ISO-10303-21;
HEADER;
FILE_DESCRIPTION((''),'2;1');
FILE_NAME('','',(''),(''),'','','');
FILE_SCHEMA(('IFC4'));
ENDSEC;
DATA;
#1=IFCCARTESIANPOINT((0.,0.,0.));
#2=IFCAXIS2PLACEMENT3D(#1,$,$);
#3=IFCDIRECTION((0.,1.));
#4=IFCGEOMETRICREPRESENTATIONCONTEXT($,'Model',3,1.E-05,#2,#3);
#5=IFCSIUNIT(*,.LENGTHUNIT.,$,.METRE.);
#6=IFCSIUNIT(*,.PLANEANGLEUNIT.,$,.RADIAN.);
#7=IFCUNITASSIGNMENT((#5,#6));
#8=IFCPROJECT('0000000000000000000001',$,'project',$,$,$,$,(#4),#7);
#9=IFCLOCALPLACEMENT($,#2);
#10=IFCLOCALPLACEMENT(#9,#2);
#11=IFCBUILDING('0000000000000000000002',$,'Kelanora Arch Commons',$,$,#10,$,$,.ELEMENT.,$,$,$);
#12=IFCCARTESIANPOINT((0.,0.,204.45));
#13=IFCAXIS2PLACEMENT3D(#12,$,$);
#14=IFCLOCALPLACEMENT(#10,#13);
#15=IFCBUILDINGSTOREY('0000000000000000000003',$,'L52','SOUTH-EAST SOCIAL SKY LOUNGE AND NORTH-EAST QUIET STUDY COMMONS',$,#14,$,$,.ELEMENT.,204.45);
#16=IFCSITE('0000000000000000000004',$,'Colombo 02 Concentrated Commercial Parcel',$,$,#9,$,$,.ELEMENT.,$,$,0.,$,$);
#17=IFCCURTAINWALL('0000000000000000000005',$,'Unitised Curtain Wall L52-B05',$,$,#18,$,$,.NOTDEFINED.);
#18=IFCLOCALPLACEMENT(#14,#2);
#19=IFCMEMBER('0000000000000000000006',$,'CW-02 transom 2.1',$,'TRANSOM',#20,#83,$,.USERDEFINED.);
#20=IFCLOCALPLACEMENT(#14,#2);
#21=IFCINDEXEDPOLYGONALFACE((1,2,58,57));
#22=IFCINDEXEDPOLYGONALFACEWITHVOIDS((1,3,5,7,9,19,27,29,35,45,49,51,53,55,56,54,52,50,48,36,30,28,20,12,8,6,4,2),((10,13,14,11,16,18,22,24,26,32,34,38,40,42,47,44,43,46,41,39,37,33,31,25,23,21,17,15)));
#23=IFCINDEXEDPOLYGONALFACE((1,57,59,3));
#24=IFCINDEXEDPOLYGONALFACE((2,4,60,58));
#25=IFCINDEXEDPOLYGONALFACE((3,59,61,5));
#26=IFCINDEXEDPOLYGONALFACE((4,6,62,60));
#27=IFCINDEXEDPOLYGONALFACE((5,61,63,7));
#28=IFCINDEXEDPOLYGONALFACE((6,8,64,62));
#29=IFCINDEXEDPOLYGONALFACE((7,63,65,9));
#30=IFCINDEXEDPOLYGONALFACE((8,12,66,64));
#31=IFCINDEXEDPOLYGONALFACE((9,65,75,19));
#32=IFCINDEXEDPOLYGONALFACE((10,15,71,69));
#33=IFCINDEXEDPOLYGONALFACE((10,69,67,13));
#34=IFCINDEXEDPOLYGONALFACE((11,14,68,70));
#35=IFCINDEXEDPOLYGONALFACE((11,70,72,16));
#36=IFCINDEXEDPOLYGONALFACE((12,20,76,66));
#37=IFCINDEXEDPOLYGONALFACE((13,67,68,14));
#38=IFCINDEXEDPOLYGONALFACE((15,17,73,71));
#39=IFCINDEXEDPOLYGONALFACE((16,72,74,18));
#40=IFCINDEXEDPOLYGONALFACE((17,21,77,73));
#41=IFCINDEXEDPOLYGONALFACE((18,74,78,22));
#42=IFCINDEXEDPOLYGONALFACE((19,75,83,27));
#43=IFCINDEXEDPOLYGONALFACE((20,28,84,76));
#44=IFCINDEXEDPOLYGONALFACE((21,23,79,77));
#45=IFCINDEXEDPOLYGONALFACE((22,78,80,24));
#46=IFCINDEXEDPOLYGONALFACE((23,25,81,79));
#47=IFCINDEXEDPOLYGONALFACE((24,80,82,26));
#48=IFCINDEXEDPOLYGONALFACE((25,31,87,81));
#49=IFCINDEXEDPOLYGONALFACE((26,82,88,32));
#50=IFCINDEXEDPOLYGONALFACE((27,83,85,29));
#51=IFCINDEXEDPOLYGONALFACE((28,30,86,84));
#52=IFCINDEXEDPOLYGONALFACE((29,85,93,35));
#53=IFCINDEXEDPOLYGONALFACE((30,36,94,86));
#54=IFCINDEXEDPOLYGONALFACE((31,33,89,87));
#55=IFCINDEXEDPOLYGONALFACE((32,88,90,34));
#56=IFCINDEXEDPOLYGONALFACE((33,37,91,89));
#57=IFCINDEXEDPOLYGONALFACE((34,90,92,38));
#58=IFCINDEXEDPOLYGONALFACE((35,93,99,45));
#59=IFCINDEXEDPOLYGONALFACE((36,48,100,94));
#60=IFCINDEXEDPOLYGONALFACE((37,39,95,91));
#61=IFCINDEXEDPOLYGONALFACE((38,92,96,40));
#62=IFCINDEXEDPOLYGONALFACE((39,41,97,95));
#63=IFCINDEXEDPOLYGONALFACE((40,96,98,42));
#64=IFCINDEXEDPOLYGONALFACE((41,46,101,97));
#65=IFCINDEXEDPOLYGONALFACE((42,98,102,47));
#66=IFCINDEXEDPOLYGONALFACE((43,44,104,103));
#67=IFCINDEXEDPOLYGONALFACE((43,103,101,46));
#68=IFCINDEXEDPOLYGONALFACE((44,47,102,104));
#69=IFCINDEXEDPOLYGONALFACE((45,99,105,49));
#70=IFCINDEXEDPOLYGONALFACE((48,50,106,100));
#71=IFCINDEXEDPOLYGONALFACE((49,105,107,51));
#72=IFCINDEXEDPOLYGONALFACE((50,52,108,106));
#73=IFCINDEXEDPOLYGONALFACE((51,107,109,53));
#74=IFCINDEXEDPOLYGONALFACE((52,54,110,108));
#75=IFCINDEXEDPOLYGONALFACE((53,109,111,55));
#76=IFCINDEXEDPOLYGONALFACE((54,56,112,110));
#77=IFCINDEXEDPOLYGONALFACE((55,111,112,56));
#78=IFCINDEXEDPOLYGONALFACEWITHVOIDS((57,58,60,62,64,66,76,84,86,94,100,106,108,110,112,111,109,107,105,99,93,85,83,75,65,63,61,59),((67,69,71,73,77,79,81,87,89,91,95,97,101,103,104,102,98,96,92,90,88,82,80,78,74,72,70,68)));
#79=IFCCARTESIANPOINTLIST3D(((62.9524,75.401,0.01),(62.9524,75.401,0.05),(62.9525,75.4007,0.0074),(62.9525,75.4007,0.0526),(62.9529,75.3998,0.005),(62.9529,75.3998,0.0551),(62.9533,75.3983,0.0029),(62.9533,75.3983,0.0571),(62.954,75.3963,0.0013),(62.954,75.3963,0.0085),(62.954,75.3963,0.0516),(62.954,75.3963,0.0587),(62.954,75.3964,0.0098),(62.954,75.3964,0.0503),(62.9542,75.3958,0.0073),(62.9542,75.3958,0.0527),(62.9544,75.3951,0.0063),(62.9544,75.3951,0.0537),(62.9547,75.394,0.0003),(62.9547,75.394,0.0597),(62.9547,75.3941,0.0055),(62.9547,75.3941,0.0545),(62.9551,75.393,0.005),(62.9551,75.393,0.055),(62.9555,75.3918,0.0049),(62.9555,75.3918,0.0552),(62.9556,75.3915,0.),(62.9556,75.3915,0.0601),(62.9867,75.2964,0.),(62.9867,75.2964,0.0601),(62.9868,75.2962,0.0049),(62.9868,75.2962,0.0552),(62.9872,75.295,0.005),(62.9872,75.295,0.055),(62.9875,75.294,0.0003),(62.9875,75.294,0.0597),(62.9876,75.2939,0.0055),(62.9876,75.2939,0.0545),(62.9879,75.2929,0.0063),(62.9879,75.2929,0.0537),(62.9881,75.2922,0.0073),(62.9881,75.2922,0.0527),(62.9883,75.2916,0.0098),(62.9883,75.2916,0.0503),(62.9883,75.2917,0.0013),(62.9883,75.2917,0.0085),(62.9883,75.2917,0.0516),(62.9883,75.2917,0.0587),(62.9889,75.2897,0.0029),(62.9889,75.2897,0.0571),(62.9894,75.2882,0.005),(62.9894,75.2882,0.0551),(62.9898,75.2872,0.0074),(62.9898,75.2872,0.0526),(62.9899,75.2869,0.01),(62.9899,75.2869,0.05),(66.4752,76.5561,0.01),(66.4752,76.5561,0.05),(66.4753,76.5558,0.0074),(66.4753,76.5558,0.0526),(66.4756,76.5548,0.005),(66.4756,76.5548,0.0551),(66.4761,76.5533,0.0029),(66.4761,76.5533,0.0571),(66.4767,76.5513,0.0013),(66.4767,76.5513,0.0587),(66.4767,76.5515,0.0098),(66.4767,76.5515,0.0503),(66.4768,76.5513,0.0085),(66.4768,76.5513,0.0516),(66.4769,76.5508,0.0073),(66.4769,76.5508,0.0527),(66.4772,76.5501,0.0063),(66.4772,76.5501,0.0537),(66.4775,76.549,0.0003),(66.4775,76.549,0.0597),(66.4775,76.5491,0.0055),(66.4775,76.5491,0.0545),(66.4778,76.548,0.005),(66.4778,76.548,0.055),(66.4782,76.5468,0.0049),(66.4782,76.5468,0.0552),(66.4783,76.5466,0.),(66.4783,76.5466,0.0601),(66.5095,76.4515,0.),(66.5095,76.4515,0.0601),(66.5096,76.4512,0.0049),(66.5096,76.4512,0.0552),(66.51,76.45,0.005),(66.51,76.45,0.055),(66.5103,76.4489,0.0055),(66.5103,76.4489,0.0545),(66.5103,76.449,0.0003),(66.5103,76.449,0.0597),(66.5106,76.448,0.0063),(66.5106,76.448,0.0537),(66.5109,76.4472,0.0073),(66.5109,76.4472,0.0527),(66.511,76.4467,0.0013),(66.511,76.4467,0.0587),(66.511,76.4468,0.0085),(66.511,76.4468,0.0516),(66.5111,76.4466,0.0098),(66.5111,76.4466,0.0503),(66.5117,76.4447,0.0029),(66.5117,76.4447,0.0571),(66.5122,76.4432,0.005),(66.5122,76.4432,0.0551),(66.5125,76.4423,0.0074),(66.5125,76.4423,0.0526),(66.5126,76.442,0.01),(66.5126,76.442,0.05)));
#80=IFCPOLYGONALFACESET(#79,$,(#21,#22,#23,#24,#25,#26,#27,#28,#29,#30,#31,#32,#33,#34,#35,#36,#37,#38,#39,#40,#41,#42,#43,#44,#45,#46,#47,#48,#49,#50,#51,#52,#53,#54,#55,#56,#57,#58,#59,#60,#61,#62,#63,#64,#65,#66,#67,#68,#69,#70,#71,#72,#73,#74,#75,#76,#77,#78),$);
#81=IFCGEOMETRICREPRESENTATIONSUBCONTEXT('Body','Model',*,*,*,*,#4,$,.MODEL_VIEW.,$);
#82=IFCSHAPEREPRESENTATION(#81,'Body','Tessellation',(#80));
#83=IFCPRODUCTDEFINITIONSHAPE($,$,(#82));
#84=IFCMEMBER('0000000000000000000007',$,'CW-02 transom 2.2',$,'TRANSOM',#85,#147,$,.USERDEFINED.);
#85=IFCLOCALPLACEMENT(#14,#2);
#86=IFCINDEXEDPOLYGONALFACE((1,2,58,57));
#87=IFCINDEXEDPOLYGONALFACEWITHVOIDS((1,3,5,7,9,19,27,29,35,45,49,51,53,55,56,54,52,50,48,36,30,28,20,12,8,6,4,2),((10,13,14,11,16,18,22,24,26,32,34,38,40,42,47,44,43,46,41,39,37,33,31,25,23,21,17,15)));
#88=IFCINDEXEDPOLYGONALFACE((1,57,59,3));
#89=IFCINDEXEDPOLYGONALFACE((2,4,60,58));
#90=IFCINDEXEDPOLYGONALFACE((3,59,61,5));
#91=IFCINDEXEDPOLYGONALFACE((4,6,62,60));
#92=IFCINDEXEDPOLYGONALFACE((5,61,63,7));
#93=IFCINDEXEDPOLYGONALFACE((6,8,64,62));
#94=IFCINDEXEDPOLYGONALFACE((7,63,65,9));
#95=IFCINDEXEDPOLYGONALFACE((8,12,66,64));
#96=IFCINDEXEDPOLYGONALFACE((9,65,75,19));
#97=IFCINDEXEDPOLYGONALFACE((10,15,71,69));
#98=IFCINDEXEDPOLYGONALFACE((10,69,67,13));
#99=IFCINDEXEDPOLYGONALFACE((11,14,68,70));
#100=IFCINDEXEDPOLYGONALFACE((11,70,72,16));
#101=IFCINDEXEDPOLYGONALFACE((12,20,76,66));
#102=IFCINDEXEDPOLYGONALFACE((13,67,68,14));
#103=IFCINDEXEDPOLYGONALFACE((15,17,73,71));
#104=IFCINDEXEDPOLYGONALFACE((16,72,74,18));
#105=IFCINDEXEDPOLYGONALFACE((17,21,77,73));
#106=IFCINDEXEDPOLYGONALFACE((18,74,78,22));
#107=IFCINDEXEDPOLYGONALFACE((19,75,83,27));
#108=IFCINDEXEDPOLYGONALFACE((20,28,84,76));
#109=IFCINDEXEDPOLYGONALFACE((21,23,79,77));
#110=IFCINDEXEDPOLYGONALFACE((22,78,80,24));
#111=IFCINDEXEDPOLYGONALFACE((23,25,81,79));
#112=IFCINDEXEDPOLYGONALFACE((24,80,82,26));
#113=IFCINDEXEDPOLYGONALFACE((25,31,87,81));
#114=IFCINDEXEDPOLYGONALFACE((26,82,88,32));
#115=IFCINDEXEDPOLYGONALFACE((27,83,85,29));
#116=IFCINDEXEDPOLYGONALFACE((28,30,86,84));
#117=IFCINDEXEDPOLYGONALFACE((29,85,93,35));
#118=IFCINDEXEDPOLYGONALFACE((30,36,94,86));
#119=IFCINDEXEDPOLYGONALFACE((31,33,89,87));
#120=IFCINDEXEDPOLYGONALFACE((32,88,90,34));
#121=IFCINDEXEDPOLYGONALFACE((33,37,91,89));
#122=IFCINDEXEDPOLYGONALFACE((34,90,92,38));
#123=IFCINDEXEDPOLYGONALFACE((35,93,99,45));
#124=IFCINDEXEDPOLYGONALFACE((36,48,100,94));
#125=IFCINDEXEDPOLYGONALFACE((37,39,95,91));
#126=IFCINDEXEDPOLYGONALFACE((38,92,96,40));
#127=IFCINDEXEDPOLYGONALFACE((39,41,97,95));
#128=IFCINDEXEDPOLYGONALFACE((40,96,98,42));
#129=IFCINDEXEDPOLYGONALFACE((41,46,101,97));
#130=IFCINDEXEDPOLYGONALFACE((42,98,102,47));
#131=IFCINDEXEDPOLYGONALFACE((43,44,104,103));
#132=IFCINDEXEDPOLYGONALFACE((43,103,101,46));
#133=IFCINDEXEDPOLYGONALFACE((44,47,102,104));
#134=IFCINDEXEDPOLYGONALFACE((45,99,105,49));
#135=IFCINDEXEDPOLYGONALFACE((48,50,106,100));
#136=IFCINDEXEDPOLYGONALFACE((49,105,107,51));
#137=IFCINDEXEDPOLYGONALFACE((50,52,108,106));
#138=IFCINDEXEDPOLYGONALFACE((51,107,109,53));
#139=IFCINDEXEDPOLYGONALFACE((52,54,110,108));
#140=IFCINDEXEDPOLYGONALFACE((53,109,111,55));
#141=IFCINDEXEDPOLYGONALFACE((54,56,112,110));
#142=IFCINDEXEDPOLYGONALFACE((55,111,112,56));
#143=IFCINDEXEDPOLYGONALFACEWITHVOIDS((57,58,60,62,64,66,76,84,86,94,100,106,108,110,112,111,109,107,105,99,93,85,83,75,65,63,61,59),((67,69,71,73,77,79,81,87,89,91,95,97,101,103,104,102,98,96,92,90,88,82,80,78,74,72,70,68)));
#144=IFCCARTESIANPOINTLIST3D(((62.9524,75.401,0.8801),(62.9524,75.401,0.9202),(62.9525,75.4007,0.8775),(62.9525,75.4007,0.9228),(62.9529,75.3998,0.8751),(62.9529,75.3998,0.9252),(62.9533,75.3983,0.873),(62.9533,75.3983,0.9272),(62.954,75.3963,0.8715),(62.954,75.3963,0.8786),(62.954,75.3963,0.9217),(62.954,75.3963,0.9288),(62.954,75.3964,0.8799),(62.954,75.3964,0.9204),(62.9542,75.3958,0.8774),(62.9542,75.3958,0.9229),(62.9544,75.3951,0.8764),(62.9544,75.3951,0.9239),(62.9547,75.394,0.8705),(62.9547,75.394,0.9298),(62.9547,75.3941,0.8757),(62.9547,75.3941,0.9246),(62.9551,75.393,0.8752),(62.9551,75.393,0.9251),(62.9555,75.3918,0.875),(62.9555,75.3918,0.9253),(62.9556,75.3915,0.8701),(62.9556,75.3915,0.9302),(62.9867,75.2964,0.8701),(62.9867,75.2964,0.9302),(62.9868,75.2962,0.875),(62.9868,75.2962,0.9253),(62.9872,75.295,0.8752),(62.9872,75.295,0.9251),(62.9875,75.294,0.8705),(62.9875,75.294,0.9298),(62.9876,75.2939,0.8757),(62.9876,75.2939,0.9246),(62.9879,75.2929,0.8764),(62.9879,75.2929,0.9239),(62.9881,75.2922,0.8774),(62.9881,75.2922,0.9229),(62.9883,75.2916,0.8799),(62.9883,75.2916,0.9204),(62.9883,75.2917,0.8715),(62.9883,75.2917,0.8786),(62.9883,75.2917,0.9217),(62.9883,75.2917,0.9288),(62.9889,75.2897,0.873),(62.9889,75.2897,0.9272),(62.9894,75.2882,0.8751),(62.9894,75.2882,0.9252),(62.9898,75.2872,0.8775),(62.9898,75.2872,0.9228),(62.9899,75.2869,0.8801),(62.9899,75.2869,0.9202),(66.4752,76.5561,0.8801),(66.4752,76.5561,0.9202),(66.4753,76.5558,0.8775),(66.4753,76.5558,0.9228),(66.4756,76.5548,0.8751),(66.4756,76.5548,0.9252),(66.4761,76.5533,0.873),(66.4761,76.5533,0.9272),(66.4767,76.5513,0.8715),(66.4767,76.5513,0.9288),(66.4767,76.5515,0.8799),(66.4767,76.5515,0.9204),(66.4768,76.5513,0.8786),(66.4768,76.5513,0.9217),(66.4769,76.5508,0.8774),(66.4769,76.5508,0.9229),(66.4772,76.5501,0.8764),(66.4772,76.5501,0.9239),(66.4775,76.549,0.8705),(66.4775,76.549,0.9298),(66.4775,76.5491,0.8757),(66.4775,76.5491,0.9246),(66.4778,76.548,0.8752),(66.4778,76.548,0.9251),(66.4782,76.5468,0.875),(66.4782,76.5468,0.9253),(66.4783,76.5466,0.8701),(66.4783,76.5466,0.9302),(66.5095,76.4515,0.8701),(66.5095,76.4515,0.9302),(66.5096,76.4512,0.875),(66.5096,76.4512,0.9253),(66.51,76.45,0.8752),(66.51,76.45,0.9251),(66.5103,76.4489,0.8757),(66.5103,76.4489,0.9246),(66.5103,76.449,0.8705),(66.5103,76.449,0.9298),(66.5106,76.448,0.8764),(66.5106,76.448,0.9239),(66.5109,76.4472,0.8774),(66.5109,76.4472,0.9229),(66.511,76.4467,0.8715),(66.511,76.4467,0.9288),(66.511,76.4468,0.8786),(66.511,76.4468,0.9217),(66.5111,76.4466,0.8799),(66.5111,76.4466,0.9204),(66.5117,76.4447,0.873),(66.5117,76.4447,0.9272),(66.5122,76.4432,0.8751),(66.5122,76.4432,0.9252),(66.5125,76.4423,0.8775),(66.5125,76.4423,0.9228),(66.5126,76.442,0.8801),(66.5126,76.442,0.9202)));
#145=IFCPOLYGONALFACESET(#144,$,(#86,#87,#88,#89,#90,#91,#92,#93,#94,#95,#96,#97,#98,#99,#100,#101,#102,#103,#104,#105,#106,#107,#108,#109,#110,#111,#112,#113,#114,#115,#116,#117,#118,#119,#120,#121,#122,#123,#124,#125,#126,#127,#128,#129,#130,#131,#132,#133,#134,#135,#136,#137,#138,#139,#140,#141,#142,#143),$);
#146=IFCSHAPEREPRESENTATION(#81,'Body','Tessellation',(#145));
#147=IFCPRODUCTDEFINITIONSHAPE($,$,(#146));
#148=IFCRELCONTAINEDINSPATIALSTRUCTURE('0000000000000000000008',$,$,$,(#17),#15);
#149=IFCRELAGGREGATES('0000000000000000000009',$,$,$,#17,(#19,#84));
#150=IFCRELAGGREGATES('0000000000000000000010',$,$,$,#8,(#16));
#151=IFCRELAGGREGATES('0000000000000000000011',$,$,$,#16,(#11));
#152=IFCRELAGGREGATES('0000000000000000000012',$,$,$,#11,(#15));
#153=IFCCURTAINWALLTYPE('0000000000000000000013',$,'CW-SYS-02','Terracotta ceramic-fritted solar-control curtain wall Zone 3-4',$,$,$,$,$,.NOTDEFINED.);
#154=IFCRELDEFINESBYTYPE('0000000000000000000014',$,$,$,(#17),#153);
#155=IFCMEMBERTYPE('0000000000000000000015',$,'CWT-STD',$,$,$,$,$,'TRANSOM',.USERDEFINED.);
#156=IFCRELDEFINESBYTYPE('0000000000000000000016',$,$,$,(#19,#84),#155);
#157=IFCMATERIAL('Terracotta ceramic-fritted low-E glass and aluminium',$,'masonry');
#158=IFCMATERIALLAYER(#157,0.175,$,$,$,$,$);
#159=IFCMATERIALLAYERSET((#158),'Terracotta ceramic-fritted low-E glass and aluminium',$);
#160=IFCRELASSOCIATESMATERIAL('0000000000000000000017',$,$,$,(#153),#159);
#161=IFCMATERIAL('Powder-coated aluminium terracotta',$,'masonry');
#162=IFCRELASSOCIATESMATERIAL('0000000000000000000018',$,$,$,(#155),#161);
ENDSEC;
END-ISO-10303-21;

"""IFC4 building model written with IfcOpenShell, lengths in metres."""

from ifc_helpers import new_model, si_unit, direction, frame, origin, origin_2d, place, context, subcontext, project, spatial, hollow_rectangle, extrude, material, layer, layer_set, material_profile, profile_set, type_object, element, aggregate, save


model = new_model("IFC4")

# Units and contexts
model_context = context("Model", 3, precision=1e-05, world=origin(), true_north=direction((0.0, 1.0)))
body_context = subcontext(model_context, "Body", "Model", "MODEL_VIEW")
ifc_project = project(units=[si_unit("LENGTHUNIT", "METRE"), si_unit("PLANEANGLEUNIT", "RADIAN")], contexts=[model_context])

# Site, building, storey
site_placement = place(None, origin())
site = spatial("IfcSite", under=ifc_project, at=site_placement, Name="Colombo 02 Concentrated Commercial Parcel", CompositionType="ELEMENT", RefElevation=0.0)
building_placement = place(site_placement, origin())
building = spatial("IfcBuilding", under=site, at=building_placement, Name="Kelanora Arch Commons", CompositionType="ELEMENT")
storey_placement = place(building_placement, frame((0.0, 0.0, 204.45)))
storey = spatial("IfcBuildingStorey", under=building, at=storey_placement, Name="L52", Description="SOUTH-EAST SOCIAL SKY LOUNGE AND NORTH-EAST QUIET STUDY COMMONS", CompositionType="ELEMENT", Elevation=204.45)

# Curtain wall, members
ifc_material_1 = material(Name="Terracotta ceramic-fritted low-E glass and aluminium", Category="masonry")
ifc_layer_1 = layer(ifc_material_1, 0.175)
ifc_layer_set_1 = layer_set([ifc_layer_1], Name="Terracotta ceramic-fritted low-E glass and aluminium")
curtain_wall_type = type_object("IfcCurtainWallType", Name="CW-SYS-02", Description="Terracotta ceramic-fritted solar-control curtain wall Zone 3-4", PredefinedType="NOTDEFINED", material=ifc_layer_set_1)
curtain_wall_placement = place(storey_placement, origin())
curtain_wall = element("IfcCurtainWall", 1, at=curtain_wall_placement, inside=storey, type_object=curtain_wall_type, Name="Unitised Curtain Wall L52-B05", PredefinedType="NOTDEFINED")
ifc_material_2 = material(Name="Powder-coated aluminium terracotta", Category="masonry")
ifc_material_profile_1 = material_profile(ifc_material_2, hollow_rectangle(XDim=0.1201, YDim=0.0601, WallThickness=0.0049, InnerFilletRadius=0.0049, OuterFilletRadius=0.01, at=origin_2d()), Name="CWT120x60")
ifc_profile_set_1 = profile_set([ifc_material_profile_1], Name="Powder-coated aluminium terracotta")
member_type_1 = type_object("IfcMemberType", Name="CWT-STD", ElementType="TRANSOM", PredefinedType="USERDEFINED", material=ifc_profile_set_1)
member_1_placement = place(storey_placement, frame((66.4939, 76.499, 0.03), z_axis=(-0.950226, -0.311561, 0.0), x_axis=(0.311561, -0.950226, 0.0)))
member_1 = element("IfcMember", 2, at=member_1_placement, type_object=member_type_1, Name="CW-02 transom 2.1", ObjectType="TRANSOM", PredefinedType="USERDEFINED", context=body_context, shape_type="SweptSolid", body=[
    extrude(hollow_rectangle(XDim=0.1201, YDim=0.0601, WallThickness=0.0049, InnerFilletRadius=0.0049, OuterFilletRadius=0.01, at=origin_2d()), origin(), (0.0, 0.0, 1.0), 3.7073),
])
member_2_placement = place(storey_placement, frame((66.4939, 76.499, 0.9001), z_axis=(-0.950226, -0.311561, 0.0), x_axis=(0.311561, -0.950226, 0.0)))
member_2 = element("IfcMember", 3, at=member_2_placement, type_object=member_type_1, Name="CW-02 transom 2.2", ObjectType="TRANSOM", PredefinedType="USERDEFINED", context=body_context, shape_type="SweptSolid", body=[
    extrude(hollow_rectangle(XDim=0.1201, YDim=0.0601, WallThickness=0.0049, InnerFilletRadius=0.0049, OuterFilletRadius=0.01, at=origin_2d()), origin(), (0.0, 0.0, 1.0), 3.7073),
])
aggregate(curtain_wall, [member_1, member_2])

save(model, "model.ifc")
